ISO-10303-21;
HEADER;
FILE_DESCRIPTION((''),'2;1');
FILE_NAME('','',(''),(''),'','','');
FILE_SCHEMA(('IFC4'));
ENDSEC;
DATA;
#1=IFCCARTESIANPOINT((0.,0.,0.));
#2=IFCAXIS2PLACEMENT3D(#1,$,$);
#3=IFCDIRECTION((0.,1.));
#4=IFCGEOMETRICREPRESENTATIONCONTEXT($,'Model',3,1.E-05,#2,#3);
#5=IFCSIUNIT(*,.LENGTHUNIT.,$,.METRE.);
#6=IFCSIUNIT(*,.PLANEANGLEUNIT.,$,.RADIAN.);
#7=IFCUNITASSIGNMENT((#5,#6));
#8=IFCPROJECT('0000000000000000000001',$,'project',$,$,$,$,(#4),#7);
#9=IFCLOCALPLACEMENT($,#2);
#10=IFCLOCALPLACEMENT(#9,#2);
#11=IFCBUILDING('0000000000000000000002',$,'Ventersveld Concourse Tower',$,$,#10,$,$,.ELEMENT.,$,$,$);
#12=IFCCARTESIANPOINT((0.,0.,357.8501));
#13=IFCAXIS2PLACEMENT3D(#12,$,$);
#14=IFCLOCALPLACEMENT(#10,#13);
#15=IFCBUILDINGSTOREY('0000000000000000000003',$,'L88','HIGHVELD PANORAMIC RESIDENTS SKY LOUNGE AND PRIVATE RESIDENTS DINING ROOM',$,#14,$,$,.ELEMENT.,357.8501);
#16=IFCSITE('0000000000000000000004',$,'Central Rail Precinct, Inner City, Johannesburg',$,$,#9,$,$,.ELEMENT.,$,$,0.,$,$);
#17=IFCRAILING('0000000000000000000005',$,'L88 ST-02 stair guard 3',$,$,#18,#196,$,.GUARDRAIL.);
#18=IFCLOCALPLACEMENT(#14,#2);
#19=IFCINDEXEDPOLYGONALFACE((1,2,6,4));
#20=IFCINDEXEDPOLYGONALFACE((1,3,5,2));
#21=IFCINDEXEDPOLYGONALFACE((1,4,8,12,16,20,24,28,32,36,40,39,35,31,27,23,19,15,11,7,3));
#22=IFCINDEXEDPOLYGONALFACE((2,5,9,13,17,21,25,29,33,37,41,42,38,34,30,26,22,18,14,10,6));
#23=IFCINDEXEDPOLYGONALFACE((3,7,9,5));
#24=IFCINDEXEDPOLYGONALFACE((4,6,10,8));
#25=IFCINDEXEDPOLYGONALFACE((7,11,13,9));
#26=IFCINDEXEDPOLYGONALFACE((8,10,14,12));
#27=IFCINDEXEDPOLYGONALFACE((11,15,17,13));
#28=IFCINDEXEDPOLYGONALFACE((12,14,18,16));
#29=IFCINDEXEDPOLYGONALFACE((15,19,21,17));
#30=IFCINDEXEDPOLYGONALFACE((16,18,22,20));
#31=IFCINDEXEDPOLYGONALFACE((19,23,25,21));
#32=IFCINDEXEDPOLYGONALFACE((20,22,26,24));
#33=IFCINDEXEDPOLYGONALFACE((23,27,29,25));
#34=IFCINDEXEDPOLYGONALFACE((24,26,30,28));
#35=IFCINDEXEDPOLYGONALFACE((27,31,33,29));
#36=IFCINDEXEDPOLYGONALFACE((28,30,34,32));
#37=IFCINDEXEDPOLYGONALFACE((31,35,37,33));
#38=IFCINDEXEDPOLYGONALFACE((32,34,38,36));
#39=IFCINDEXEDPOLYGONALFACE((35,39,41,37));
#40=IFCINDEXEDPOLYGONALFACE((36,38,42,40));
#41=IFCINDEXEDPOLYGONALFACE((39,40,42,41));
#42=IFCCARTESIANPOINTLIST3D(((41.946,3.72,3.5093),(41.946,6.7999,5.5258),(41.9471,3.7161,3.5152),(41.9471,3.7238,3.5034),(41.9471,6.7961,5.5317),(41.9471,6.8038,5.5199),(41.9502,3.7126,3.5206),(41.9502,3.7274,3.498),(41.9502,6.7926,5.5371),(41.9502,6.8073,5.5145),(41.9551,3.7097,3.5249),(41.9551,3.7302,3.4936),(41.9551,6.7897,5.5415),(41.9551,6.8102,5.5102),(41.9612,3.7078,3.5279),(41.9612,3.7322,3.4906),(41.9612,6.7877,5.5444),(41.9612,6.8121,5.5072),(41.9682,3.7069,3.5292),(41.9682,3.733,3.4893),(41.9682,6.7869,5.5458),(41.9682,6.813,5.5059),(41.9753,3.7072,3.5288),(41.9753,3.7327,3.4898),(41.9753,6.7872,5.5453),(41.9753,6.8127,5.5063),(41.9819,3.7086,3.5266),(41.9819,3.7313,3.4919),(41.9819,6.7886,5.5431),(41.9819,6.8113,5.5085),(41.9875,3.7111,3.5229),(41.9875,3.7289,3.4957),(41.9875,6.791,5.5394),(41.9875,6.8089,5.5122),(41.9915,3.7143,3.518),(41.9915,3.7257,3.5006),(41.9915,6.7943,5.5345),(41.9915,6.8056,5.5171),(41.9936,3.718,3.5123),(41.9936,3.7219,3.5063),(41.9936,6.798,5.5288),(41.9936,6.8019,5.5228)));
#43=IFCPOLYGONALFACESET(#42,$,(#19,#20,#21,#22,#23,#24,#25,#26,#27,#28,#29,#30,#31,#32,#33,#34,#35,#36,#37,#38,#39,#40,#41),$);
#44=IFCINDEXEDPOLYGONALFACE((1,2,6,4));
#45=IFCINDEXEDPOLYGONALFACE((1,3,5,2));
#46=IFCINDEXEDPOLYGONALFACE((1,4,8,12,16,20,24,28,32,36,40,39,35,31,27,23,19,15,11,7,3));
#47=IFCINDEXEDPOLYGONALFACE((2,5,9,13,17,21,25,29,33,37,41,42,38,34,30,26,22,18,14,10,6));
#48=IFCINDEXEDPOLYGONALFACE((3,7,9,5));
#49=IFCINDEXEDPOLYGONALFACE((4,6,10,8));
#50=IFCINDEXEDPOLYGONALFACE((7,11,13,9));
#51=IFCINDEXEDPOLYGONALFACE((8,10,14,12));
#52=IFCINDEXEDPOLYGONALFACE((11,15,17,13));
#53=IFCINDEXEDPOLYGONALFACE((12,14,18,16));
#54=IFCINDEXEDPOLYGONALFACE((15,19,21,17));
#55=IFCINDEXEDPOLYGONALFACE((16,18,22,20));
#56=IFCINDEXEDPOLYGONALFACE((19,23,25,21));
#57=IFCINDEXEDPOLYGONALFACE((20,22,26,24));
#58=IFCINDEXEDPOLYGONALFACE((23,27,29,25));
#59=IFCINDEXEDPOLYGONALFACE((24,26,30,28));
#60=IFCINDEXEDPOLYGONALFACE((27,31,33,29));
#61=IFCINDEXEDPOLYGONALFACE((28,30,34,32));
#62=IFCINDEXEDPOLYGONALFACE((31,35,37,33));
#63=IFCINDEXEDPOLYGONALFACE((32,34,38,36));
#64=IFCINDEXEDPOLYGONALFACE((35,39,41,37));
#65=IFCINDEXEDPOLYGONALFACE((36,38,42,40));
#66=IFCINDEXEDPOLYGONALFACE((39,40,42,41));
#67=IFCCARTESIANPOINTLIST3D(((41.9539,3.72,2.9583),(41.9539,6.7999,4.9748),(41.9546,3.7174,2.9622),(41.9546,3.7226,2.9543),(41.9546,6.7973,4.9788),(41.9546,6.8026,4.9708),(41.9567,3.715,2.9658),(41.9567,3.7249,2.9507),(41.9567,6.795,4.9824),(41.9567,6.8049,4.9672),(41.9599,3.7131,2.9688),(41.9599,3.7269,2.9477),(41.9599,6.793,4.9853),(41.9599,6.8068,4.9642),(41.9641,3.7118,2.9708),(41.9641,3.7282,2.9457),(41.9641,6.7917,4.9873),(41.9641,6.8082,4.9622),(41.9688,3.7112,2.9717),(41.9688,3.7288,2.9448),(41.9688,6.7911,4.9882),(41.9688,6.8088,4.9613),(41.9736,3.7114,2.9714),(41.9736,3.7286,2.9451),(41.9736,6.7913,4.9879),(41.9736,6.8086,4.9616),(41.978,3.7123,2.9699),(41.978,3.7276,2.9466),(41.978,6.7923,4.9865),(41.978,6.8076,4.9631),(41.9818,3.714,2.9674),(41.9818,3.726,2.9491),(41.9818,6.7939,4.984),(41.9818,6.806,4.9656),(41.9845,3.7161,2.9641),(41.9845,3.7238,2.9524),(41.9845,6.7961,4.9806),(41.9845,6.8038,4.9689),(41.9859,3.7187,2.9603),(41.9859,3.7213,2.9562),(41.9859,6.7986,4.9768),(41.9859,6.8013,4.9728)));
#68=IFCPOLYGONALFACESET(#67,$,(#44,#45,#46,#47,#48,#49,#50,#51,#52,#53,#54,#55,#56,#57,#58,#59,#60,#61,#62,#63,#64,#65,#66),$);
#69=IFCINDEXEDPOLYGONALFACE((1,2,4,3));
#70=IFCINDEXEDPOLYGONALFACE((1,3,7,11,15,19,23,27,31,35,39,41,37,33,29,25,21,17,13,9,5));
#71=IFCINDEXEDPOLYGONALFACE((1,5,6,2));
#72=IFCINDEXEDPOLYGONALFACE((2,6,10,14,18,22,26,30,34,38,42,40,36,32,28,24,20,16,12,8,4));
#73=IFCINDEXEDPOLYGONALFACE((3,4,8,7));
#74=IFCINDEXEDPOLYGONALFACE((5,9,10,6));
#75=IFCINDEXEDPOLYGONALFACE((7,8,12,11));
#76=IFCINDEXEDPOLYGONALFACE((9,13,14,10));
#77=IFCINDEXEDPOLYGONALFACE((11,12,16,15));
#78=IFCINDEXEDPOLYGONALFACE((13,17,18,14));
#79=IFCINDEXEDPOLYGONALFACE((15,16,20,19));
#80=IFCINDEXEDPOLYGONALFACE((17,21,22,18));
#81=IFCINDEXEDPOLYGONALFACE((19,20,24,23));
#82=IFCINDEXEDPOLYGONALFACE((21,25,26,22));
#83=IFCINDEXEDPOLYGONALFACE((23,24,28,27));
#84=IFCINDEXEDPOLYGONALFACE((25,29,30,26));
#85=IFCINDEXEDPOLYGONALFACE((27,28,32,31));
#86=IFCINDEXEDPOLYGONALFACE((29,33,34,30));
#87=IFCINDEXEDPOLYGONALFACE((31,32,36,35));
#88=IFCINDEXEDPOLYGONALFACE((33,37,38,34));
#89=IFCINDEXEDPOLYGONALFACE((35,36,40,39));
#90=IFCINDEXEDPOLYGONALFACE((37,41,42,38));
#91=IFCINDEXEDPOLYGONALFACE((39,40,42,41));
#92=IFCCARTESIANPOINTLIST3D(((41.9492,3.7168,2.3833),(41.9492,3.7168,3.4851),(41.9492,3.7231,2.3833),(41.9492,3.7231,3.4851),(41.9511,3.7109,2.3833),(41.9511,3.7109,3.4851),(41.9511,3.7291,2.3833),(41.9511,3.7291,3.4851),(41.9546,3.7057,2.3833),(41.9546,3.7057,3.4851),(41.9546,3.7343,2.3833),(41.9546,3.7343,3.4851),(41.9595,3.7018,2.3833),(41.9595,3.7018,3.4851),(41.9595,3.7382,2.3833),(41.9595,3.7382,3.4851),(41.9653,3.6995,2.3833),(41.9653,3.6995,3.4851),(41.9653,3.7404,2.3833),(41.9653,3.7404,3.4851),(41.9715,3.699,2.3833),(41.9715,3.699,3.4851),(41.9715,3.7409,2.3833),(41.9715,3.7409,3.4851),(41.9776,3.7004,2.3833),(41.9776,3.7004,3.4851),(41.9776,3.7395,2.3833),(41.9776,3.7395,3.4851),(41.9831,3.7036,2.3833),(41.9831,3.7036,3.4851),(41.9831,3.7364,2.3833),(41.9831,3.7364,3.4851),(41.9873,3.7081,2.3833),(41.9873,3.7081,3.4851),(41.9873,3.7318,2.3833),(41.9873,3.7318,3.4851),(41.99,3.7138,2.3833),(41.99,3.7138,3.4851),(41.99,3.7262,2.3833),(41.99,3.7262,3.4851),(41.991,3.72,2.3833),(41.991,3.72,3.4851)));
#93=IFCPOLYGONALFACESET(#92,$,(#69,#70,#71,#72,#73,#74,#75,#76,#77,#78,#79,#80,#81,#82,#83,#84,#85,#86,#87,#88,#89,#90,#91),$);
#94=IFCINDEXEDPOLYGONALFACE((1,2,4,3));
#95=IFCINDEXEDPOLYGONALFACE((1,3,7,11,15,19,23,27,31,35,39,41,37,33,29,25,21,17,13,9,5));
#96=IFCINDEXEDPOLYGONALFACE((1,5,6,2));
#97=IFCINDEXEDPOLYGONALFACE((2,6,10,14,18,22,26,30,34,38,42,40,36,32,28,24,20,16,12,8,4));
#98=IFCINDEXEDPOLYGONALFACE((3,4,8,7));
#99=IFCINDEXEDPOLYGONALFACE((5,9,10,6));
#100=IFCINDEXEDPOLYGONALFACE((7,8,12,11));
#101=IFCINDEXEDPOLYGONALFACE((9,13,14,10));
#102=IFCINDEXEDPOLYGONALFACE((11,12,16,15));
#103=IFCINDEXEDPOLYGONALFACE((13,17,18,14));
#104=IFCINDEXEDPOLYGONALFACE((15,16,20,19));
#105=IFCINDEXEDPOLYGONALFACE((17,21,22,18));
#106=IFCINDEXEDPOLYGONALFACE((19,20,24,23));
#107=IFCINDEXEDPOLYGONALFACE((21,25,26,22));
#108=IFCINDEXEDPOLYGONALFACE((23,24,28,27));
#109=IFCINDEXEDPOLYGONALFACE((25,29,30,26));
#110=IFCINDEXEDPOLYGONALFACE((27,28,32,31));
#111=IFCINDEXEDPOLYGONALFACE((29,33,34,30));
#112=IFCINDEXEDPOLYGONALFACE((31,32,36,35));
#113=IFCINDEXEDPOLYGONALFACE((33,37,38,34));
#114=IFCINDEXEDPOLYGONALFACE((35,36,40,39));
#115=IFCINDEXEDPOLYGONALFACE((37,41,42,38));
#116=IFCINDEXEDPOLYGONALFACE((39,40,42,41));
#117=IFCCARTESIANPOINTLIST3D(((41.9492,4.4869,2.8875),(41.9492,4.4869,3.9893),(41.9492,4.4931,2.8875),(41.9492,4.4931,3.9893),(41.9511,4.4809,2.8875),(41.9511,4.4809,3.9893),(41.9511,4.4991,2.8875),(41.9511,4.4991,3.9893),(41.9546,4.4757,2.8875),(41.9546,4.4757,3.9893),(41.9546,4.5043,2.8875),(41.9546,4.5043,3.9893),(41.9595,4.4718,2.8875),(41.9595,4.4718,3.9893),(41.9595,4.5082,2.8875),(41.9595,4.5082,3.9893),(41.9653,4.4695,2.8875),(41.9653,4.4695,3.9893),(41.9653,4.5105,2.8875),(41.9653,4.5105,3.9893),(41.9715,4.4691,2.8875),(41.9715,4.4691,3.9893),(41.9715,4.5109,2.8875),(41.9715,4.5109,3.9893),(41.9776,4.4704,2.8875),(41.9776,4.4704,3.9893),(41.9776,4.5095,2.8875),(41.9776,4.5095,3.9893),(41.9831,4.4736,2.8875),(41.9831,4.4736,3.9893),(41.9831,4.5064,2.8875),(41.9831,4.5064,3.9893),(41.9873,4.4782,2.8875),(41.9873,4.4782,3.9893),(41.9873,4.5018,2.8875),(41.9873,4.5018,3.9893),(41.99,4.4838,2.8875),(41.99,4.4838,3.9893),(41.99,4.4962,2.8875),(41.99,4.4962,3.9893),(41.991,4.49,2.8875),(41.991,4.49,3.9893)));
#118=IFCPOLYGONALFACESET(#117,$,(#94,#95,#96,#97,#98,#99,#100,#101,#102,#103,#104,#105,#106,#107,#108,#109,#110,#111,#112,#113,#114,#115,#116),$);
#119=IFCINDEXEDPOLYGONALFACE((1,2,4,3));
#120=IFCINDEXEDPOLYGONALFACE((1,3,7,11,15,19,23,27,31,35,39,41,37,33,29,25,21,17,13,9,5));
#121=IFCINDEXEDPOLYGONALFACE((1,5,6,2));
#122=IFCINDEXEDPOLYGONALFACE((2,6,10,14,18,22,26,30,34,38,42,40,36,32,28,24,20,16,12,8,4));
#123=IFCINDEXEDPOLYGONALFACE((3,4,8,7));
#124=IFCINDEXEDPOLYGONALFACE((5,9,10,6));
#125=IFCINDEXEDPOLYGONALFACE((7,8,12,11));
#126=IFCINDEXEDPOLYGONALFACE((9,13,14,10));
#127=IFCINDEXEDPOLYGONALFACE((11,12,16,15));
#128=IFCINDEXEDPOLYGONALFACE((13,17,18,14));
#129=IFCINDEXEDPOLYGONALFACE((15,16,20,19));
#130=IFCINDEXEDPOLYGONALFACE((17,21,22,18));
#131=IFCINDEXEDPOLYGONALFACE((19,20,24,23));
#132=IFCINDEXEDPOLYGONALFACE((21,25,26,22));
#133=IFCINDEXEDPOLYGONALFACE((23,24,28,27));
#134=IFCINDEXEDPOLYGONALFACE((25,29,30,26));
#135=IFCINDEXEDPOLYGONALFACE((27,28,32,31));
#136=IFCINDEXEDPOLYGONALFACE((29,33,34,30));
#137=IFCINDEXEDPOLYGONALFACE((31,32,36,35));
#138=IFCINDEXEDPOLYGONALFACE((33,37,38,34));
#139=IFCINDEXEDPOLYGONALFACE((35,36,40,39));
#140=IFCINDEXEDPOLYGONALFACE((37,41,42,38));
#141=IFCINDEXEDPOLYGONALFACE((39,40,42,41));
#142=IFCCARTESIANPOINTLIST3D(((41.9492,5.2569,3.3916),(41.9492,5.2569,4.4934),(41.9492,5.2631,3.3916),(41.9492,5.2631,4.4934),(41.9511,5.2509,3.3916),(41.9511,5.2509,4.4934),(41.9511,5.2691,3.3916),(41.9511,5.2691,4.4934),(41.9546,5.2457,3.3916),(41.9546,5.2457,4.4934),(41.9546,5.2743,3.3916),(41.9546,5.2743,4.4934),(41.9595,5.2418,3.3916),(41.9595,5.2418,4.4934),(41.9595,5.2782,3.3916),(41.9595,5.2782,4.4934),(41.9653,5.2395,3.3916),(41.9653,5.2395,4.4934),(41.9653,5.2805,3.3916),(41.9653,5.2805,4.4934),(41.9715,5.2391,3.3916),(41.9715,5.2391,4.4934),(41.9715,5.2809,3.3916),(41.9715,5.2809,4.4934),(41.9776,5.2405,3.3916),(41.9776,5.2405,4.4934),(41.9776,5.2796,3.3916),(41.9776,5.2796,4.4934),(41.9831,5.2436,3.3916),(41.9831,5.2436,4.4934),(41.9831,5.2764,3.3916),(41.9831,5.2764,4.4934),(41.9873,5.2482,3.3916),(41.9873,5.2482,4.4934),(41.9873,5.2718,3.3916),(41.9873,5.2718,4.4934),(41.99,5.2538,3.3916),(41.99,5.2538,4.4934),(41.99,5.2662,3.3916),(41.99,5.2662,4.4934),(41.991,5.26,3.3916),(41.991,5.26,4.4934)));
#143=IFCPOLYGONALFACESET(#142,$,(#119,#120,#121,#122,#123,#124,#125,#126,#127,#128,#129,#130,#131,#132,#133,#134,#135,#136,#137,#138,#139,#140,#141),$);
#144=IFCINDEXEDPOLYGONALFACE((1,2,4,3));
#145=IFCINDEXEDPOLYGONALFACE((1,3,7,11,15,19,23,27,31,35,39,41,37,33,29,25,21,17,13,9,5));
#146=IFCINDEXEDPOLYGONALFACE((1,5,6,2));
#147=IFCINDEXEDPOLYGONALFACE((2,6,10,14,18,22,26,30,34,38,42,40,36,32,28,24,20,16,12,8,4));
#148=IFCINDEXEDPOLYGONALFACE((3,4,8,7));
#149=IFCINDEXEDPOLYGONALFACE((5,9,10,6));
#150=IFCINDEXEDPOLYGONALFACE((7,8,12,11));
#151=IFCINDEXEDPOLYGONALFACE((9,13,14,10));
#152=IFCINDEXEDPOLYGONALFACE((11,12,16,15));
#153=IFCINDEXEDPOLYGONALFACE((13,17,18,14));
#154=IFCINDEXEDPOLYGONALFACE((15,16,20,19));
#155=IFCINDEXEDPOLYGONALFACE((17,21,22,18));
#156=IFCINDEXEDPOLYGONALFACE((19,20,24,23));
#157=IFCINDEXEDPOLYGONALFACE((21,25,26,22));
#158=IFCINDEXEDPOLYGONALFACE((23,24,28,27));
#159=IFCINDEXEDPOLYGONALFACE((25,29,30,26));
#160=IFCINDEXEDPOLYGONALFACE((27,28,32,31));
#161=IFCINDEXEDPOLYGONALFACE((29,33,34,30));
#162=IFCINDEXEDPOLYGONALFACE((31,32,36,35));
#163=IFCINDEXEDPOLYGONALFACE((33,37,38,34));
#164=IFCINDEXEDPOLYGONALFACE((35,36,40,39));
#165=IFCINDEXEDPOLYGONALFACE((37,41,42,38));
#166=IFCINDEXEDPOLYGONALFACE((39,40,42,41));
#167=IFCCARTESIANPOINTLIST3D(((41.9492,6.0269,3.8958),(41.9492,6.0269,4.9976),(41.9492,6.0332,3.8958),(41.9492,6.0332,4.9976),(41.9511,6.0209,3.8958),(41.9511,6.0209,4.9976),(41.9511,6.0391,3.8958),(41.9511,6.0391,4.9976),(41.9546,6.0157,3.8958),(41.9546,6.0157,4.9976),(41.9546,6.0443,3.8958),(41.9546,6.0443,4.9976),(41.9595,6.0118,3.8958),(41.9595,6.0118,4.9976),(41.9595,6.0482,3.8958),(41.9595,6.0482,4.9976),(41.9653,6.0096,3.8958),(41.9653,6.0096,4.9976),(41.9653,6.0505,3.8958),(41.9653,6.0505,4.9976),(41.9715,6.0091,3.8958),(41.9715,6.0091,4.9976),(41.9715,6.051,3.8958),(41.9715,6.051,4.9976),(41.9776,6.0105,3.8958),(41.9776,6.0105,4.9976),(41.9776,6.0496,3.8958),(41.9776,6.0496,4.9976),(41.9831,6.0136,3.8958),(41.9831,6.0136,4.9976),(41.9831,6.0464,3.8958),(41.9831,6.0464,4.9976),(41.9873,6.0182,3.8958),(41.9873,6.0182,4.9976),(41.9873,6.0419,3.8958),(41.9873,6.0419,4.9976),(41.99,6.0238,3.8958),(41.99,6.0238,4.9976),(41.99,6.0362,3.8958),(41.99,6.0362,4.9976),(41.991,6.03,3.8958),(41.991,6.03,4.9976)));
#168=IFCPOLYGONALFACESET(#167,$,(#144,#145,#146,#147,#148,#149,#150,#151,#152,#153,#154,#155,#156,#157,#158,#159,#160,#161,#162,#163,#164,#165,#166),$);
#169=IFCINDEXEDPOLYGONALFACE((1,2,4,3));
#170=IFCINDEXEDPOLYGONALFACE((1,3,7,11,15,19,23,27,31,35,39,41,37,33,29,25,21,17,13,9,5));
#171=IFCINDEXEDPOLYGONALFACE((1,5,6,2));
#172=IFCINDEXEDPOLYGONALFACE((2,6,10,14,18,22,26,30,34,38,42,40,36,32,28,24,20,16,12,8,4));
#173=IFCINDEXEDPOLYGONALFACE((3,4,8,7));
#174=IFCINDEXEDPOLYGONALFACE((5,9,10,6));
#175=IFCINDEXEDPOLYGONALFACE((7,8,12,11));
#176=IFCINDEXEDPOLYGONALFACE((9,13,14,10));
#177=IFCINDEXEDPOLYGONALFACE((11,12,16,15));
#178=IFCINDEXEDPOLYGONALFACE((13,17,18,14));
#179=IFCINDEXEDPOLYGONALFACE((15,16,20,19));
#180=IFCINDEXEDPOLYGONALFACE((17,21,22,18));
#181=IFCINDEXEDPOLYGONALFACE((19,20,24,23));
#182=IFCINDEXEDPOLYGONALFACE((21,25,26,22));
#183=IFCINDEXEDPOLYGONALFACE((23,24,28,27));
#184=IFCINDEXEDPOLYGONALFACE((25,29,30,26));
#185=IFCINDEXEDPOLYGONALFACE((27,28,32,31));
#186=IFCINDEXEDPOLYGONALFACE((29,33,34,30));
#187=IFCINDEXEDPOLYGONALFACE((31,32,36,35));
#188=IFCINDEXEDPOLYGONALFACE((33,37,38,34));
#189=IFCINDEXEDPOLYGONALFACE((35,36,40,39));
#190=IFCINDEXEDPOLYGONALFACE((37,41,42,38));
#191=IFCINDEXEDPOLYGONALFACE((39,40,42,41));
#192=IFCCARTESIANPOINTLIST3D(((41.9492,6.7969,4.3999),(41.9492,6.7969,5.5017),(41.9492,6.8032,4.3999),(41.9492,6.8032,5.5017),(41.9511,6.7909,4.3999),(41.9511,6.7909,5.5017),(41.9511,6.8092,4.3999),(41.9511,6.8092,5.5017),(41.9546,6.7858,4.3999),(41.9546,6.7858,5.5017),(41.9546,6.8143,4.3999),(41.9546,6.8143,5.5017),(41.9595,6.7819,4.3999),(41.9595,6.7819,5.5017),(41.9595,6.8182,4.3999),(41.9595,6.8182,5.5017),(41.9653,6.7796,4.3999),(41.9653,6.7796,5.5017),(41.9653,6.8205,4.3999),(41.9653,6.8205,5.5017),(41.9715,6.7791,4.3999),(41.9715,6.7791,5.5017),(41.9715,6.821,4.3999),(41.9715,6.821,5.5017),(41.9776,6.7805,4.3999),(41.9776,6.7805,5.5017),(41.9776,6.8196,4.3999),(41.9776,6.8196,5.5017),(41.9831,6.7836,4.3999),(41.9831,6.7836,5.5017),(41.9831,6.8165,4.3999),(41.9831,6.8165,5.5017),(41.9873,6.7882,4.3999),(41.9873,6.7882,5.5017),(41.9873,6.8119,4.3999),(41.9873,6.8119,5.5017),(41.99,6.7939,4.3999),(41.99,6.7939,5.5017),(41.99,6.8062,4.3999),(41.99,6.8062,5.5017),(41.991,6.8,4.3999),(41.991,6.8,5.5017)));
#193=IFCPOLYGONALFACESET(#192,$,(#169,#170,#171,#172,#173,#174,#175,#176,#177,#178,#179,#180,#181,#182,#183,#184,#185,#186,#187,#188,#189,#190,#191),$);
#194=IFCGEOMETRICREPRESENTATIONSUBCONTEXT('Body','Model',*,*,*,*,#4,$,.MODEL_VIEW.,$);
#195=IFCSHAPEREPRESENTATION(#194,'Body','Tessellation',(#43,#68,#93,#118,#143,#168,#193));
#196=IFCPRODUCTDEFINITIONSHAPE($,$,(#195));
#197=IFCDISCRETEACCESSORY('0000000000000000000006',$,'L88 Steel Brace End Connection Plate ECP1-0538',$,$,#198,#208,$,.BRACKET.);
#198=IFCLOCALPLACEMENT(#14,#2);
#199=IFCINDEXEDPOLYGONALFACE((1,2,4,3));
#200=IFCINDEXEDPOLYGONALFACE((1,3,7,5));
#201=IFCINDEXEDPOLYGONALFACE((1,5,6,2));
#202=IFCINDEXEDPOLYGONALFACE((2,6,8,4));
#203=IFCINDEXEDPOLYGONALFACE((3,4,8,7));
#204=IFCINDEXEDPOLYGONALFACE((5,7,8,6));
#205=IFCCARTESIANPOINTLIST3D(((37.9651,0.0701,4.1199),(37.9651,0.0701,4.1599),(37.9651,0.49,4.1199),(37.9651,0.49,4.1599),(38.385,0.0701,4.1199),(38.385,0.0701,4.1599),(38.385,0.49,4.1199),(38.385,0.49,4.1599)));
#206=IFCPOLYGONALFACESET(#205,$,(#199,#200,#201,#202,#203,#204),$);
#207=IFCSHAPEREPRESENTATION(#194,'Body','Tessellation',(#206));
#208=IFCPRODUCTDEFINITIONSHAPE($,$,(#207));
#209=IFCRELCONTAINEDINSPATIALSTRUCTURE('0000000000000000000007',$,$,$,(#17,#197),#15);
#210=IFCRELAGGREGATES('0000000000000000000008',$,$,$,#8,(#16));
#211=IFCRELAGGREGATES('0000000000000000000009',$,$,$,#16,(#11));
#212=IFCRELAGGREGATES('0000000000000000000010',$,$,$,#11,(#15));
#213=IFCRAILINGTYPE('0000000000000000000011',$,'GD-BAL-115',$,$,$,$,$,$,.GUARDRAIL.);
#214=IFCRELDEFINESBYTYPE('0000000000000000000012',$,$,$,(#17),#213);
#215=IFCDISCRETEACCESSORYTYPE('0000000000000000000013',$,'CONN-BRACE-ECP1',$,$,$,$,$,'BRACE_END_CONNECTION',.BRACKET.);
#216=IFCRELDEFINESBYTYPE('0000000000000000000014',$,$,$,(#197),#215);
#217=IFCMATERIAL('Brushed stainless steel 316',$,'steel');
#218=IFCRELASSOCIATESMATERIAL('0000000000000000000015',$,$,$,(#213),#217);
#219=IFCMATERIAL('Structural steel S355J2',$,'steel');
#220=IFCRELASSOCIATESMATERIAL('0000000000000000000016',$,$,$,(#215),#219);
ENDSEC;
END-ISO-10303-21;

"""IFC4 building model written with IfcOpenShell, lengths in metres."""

from ifc_helpers import new_model, si_unit, direction, frame, origin, origin_2d, place, context, subcontext, project, spatial, rectangle, circle, extrude, material, type_object, element, save


model = new_model("IFC4")

# Units and contexts
model_context = context("Model", 3, precision=1e-05, world=origin(), true_north=direction((0.0, 1.0)))
body_context = subcontext(model_context, "Body", "Model", "MODEL_VIEW")
ifc_project = project(units=[si_unit("LENGTHUNIT", "METRE"), si_unit("PLANEANGLEUNIT", "RADIAN")], contexts=[model_context])

# Site, building, storey
site_placement = place(None, origin())
site = spatial("IfcSite", under=ifc_project, at=site_placement, Name="Central Rail Precinct, Inner City, Johannesburg", CompositionType="ELEMENT", RefElevation=0.0)
building_placement = place(site_placement, origin())
building = spatial("IfcBuilding", under=site, at=building_placement, Name="Ventersveld Concourse Tower", CompositionType="ELEMENT")
storey_placement = place(building_placement, frame((0.0, 0.0, 357.8501)))
storey = spatial("IfcBuildingStorey", under=building, at=storey_placement, Name="L88", Description="HIGHVELD PANORAMIC RESIDENTS SKY LOUNGE AND PRIVATE RESIDENTS DINING ROOM", CompositionType="ELEMENT", Elevation=357.8501)

# Shared definitions
ifc_material_1 = material(Name="Structural steel S355J2", Category="steel")

# Railing
ifc_material_2 = material(Name="Brushed stainless steel 316", Category="steel")
railing_type = type_object("IfcRailingType", Name="GD-BAL-115", PredefinedType="GUARDRAIL", material=ifc_material_2)
railing_1_placement = place(storey_placement, frame((41.97, 3.72, 2.3833)))
element("IfcRailing", 1, at=railing_1_placement, inside=storey, type_object=railing_type, Name="L88 ST-02 stair guard 3", PredefinedType="GUARDRAIL", context=body_context, shape_type="SweptSolid", body=[
    extrude(circle(Radius=0.0239, at=origin_2d()), frame((0.0, 0.0, 1.126), z_axis=(0.0, 0.836633, 0.547764), x_axis=(-1.0, 0.0, 0.0)), (0.0, 0.0, 1.0), 3.6814),
    extrude(circle(Radius=0.0161, at=origin_2d()), frame((0.0, 0.0, 0.575), z_axis=(0.0, 0.836633, 0.547764), x_axis=(-1.0, 0.0, 0.0)), (0.0, 0.0, 1.0), 3.6814),
    extrude(circle(Radius=0.021, at=origin_2d()), origin(), (0.0, 0.0, 1.0), 1.1018),
    extrude(circle(Radius=0.021, at=origin_2d()), frame((0.0, 0.77, 0.5042)), (0.0, 0.0, 1.0), 1.1018),
    extrude(circle(Radius=0.021, at=origin_2d()), frame((0.0, 1.54, 1.0083)), (0.0, 0.0, 1.0), 1.1018),
    extrude(circle(Radius=0.021, at=origin_2d()), frame((0.0, 2.3101, 1.5125)), (0.0, 0.0, 1.0), 1.1018),
    extrude(circle(Radius=0.021, at=origin_2d()), frame((0.0, 3.0801, 2.0166)), (0.0, 0.0, 1.0), 1.1018),
])

# Discrete accessory
discrete_accessory_type = type_object("IfcDiscreteAccessoryType", Name="CONN-BRACE-ECP1", ElementType="BRACE_END_CONNECTION", PredefinedType="BRACKET", material=ifc_material_1)
discrete_accessory_placement = place(storey_placement, frame((38.175, 0.28, 4.1199), z_axis=(0.0, 0.0, 1.0), x_axis=(1.0, 0.0, 0.0)))
element("IfcDiscreteAccessory", 2, at=discrete_accessory_placement, inside=storey, type_object=discrete_accessory_type, Name="L88 Steel Brace End Connection Plate ECP1-0538", PredefinedType="BRACKET", context=body_context, shape_type="SweptSolid", body=[
    extrude(rectangle(XDim=0.4199, YDim=0.4199, at=origin_2d()), origin(), (0.0, 0.0, 1.0), 0.04),
])

save(model, "model.ifc")
